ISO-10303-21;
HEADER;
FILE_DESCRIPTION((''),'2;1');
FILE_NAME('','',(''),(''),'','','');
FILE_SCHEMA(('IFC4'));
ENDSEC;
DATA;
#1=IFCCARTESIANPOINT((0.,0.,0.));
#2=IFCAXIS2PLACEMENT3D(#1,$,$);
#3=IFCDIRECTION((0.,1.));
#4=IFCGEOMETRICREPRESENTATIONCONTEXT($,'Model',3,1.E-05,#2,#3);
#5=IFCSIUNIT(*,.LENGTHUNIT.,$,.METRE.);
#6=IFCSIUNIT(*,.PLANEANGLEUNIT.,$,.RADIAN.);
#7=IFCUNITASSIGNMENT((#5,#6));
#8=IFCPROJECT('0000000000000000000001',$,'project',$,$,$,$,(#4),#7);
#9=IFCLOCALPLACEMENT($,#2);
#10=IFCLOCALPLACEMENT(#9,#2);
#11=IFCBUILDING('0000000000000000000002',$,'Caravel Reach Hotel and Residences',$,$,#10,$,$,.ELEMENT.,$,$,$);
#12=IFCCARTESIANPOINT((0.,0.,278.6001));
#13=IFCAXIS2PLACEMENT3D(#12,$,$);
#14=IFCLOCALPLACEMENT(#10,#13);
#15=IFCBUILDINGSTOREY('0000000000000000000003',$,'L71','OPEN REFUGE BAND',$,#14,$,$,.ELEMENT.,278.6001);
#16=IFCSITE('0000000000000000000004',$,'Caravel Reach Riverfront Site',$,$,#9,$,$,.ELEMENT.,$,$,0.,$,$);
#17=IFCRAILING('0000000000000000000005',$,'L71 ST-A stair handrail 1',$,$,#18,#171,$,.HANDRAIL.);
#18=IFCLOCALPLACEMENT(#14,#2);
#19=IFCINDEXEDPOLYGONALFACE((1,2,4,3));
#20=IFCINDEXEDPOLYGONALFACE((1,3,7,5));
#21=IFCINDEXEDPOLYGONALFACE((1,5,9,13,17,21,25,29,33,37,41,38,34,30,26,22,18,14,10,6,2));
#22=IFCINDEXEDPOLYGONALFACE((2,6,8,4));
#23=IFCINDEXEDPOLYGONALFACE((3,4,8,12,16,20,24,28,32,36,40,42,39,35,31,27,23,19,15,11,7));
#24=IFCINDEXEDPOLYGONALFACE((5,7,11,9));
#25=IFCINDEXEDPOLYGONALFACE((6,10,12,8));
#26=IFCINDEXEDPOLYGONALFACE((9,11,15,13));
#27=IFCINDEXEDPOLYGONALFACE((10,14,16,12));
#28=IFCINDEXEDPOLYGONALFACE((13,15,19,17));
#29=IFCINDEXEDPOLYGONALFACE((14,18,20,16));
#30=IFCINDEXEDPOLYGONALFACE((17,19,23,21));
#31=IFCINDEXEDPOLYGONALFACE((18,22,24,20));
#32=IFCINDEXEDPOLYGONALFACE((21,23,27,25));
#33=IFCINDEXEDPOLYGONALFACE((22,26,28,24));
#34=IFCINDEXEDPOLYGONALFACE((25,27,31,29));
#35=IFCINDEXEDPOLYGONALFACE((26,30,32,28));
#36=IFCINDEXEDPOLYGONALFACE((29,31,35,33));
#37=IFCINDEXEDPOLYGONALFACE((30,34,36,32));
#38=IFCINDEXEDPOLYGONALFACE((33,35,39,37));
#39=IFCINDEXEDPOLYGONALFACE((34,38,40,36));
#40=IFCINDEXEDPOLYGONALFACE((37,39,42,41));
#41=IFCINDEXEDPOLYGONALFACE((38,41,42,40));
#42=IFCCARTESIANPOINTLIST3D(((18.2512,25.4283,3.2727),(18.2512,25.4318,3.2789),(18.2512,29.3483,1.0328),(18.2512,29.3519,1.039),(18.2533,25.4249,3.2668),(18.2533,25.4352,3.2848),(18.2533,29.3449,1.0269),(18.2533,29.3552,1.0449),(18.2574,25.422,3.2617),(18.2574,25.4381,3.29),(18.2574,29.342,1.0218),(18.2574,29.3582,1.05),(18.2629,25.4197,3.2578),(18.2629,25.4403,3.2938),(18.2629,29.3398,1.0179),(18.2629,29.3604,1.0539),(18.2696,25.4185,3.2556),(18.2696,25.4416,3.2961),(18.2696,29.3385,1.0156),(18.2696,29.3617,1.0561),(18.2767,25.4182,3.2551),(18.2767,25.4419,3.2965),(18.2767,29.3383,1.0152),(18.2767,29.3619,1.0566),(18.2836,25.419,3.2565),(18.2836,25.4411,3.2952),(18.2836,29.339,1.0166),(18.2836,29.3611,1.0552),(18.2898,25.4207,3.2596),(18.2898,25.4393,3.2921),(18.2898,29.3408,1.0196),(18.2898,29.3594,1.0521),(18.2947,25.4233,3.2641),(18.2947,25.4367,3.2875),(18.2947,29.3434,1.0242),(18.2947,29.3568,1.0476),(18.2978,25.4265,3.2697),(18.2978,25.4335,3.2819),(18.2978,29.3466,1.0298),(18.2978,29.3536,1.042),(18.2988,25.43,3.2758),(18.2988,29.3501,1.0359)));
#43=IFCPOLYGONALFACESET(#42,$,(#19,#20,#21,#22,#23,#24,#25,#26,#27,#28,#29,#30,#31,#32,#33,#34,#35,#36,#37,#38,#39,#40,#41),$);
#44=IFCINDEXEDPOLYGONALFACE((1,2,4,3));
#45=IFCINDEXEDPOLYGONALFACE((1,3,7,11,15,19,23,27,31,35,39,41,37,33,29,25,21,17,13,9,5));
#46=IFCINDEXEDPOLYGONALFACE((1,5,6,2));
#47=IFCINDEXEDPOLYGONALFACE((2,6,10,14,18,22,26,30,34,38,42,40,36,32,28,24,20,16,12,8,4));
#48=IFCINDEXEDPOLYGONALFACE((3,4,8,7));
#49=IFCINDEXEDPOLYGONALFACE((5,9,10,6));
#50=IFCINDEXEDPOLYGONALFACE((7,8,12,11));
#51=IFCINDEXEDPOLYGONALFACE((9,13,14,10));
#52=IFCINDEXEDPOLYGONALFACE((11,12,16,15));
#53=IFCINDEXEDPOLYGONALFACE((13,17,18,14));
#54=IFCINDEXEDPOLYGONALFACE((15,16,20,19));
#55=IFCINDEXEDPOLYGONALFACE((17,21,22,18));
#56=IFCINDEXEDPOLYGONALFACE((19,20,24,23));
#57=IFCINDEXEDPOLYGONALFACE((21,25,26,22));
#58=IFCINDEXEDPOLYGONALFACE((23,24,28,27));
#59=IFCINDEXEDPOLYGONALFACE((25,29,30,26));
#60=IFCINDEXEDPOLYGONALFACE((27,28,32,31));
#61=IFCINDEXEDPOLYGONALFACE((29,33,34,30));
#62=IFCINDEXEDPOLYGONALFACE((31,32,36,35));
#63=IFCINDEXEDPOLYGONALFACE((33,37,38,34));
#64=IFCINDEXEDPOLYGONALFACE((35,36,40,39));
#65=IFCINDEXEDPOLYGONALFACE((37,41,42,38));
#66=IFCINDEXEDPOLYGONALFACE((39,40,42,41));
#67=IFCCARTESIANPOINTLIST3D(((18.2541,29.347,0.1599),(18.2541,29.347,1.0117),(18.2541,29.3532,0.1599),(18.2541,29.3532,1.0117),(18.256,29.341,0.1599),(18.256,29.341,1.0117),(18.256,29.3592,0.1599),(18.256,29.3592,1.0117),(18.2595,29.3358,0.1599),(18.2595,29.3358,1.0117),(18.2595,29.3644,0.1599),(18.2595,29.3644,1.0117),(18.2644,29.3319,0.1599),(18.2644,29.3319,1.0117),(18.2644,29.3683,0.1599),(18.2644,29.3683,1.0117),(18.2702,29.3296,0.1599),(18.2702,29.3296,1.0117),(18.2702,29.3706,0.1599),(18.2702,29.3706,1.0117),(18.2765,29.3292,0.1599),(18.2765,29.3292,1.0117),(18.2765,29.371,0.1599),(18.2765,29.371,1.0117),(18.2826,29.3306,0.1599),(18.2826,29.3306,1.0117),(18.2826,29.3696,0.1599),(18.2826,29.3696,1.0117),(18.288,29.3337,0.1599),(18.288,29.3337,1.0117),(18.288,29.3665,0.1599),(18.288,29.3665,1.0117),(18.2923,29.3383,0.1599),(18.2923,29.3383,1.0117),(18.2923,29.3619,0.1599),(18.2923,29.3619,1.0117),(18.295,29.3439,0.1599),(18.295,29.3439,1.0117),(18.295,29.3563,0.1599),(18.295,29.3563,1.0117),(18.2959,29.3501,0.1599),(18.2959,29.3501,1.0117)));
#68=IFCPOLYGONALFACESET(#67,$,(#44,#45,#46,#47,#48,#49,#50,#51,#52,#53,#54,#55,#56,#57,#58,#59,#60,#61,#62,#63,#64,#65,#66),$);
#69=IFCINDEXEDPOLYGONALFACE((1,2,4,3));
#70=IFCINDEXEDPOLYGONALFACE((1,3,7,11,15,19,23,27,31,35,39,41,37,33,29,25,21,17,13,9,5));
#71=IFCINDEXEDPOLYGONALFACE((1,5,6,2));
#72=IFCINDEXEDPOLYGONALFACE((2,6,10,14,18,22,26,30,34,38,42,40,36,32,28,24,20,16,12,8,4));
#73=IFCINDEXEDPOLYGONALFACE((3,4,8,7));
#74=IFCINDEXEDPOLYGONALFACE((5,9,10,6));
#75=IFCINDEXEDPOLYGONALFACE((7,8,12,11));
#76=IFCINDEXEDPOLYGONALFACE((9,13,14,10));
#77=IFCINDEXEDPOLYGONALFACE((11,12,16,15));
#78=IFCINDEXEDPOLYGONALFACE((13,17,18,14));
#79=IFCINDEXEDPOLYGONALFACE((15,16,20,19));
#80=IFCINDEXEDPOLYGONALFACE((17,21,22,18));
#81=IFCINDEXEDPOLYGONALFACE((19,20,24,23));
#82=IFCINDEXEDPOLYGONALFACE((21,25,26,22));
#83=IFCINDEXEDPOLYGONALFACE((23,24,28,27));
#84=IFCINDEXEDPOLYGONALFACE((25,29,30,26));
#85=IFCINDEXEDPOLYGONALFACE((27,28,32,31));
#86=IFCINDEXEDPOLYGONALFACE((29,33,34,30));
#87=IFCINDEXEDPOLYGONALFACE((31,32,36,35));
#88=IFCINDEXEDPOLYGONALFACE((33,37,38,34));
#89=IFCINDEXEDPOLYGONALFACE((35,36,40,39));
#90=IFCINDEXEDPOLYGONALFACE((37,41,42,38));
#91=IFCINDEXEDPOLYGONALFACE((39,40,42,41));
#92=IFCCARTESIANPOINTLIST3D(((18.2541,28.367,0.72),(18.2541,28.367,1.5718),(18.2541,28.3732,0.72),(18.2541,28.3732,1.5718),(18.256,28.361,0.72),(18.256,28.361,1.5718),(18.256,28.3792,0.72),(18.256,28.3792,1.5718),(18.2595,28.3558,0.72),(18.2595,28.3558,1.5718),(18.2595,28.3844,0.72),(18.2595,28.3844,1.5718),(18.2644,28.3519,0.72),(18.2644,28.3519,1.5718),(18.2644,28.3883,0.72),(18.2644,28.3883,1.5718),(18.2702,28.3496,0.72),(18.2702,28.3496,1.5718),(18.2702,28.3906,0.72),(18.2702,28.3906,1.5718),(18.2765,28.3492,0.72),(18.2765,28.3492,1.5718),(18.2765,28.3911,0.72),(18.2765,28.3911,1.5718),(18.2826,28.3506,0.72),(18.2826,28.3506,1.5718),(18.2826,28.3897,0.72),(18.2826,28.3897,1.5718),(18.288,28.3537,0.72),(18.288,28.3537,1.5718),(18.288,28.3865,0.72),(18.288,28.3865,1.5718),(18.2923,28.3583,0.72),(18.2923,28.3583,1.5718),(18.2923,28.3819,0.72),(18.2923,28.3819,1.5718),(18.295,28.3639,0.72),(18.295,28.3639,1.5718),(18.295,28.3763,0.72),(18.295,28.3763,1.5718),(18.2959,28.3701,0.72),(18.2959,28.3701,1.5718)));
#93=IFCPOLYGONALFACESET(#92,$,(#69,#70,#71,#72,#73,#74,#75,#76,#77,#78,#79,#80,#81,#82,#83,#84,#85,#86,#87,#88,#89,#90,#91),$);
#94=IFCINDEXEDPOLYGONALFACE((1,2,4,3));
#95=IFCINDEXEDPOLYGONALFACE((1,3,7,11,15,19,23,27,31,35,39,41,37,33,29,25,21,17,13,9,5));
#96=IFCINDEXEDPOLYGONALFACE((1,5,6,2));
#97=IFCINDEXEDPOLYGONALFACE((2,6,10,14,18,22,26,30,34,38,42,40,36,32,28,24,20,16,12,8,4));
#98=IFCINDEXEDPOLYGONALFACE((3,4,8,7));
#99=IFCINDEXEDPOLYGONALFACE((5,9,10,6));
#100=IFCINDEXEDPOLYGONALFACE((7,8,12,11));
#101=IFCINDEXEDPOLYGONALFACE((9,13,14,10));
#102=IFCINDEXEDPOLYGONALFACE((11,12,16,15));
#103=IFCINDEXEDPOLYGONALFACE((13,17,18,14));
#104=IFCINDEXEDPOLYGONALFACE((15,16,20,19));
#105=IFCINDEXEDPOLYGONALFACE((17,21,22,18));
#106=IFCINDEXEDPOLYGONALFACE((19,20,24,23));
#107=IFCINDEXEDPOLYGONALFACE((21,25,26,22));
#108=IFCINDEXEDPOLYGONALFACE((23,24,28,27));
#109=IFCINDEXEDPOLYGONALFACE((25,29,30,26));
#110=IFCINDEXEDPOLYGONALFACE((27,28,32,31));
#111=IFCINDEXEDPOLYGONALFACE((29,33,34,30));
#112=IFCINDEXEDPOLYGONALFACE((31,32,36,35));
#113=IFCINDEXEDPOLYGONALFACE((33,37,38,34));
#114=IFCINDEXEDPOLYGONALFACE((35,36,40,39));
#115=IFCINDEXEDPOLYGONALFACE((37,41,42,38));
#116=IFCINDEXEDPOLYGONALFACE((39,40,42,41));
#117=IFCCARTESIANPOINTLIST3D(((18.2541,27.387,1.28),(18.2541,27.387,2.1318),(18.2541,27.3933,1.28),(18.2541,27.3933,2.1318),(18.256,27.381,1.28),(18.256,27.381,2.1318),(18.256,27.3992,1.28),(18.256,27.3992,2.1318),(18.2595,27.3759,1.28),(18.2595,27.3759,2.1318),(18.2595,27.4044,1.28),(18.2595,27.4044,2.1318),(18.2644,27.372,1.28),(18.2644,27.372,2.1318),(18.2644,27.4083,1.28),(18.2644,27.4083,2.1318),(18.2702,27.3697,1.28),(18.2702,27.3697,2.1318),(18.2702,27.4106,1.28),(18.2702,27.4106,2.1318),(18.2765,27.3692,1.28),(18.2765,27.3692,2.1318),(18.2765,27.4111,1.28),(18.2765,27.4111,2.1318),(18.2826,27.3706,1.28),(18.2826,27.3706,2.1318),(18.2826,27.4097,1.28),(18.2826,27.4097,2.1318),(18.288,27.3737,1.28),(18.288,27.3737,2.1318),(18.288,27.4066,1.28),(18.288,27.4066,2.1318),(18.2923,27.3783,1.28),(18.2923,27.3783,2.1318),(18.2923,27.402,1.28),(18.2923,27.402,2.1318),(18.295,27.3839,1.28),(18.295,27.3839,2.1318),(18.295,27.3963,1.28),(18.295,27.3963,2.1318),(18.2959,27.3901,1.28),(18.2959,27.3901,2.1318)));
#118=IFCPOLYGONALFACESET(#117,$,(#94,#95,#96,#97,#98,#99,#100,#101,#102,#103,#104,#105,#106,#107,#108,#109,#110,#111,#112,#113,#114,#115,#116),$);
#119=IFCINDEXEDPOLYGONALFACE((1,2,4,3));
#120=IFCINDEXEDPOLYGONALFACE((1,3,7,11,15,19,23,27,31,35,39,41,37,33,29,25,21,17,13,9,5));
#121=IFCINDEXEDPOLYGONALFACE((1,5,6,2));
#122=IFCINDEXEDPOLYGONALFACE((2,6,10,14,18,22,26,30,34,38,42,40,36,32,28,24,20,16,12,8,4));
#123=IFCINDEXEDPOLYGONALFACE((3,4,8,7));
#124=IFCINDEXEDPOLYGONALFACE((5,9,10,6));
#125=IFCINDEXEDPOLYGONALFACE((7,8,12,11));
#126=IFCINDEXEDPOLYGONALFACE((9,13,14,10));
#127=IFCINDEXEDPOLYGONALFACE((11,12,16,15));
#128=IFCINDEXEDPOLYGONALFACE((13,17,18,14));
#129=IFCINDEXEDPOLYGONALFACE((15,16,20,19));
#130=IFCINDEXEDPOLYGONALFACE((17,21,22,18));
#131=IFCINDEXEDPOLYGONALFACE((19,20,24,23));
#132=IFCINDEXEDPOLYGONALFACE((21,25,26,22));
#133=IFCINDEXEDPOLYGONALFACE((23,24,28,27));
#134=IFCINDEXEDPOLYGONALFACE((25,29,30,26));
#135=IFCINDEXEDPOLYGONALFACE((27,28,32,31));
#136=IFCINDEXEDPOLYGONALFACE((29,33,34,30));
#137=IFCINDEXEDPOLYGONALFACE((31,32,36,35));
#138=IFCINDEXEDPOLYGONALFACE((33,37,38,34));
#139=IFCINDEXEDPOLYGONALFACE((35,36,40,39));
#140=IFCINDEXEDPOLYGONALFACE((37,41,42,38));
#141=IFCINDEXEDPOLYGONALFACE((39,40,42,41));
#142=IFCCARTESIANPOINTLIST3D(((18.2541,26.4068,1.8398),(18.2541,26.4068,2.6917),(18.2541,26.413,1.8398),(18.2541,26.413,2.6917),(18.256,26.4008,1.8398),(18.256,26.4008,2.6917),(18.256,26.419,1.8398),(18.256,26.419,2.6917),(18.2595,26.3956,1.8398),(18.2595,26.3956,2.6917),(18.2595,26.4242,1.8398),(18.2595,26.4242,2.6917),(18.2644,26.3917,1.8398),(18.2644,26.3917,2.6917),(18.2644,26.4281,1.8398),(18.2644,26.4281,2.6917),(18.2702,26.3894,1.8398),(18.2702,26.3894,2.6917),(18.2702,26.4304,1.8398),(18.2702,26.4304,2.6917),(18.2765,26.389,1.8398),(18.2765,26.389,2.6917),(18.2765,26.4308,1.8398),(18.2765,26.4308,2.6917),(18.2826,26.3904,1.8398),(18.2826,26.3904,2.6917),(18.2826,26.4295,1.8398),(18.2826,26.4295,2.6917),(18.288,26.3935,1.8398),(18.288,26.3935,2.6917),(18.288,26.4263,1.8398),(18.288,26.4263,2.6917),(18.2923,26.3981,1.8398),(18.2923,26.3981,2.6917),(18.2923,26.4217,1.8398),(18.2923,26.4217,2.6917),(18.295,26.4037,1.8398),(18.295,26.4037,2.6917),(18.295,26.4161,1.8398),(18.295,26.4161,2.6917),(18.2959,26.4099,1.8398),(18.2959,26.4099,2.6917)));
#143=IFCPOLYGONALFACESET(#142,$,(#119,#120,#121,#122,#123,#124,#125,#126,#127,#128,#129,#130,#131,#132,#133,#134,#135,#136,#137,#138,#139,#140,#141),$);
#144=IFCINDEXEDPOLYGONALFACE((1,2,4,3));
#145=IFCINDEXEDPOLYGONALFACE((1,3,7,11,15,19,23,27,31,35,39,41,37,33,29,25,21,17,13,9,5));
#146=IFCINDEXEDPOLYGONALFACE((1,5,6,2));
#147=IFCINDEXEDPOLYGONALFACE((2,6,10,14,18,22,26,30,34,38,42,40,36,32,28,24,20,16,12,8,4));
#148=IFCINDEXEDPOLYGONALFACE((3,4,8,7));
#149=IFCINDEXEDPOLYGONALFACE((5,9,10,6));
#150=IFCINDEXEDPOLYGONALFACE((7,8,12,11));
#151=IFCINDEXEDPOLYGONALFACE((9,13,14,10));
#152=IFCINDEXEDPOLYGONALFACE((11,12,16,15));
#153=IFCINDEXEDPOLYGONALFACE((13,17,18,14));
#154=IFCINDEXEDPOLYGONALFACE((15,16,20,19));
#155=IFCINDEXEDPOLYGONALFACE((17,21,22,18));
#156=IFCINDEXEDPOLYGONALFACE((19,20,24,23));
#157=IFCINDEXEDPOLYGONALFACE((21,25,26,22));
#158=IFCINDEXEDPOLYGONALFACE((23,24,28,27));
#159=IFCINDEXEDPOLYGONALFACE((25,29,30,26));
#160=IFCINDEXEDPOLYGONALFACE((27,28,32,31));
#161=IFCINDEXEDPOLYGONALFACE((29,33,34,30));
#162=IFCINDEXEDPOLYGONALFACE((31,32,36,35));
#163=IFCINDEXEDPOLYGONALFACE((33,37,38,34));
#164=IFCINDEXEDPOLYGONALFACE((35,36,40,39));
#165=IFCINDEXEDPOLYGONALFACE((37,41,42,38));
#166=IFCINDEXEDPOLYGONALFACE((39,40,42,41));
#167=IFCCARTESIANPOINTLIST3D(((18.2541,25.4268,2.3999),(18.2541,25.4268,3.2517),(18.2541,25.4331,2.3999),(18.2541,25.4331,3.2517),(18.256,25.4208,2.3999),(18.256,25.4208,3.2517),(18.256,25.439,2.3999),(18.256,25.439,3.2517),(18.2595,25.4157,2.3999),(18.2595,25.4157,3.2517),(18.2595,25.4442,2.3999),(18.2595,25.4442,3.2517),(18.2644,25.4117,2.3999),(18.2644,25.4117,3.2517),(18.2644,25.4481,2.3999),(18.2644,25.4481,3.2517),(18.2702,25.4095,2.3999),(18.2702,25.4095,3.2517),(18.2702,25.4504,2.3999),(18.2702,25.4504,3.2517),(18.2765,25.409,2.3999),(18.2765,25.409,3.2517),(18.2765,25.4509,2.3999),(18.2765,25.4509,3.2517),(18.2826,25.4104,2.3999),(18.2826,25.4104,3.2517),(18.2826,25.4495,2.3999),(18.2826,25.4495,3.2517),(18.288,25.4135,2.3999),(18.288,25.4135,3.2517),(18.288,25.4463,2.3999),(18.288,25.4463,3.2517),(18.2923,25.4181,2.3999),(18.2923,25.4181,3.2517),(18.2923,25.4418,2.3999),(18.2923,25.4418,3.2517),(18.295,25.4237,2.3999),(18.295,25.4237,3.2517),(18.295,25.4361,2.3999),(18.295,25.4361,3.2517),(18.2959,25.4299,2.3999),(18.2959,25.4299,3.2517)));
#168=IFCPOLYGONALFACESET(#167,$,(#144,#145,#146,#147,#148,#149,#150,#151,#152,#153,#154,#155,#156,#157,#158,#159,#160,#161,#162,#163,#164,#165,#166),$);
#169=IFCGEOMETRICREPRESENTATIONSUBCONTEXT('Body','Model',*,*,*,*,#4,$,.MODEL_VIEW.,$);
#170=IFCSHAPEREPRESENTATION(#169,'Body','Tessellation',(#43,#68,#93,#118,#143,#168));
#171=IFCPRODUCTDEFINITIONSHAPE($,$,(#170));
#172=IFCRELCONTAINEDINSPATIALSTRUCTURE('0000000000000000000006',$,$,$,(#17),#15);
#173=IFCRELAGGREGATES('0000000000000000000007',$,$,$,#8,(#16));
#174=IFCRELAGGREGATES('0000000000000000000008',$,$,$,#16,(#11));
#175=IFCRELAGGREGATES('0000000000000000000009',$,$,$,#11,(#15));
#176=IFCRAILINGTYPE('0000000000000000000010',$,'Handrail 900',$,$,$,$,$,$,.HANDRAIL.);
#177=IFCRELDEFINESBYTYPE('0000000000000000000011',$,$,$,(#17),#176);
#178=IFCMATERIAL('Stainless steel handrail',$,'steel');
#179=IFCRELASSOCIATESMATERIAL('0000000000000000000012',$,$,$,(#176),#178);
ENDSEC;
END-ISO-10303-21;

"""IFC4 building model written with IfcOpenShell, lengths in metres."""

from ifc_helpers import new_model, si_unit, direction, frame, origin, origin_2d, place, context, subcontext, project, spatial, circle, extrude, material, type_object, element, save


model = new_model("IFC4")

# Units and contexts
model_context = context("Model", 3, precision=1e-05, world=origin(), true_north=direction((0.0, 1.0)))
body_context = subcontext(model_context, "Body", "Model", "MODEL_VIEW")
ifc_project = project(units=[si_unit("LENGTHUNIT", "METRE"), si_unit("PLANEANGLEUNIT", "RADIAN")], contexts=[model_context])

# Site, building, storey
site_placement = place(None, origin())
site = spatial("IfcSite", under=ifc_project, at=site_placement, Name="Caravel Reach Riverfront Site", CompositionType="ELEMENT", RefElevation=0.0)
building_placement = place(site_placement, origin())
building = spatial("IfcBuilding", under=site, at=building_placement, Name="Caravel Reach Hotel and Residences", CompositionType="ELEMENT")
storey_placement = place(building_placement, frame((0.0, 0.0, 278.6001)))
storey = spatial("IfcBuildingStorey", under=building, at=storey_placement, Name="L71", Description="OPEN REFUGE BAND", CompositionType="ELEMENT", Elevation=278.6001)

# Railing
ifc_material_1 = material(Name="Stainless steel handrail", Category="steel")
railing_type_1 = type_object("IfcRailingType", Name="Handrail 900", PredefinedType="HANDRAIL", material=ifc_material_1)
railing_1_placement = place(storey_placement, frame((18.2749, 29.3501, 0.1599)))
element("IfcRailing", 1, at=railing_1_placement, inside=storey, type_object=railing_type_1, Name="L71 ST-A stair handrail 1", PredefinedType="HANDRAIL", context=body_context, shape_type="SweptSolid", body=[
    extrude(circle(Radius=0.0239, at=origin_2d()), frame((0.0, 0.0, 0.876), z_axis=(0.0, -0.868253, 0.496121), x_axis=(1.0, 0.0, 0.0)), (0.0, 0.0, 1.0), 4.5149),
    extrude(circle(Radius=0.021, at=origin_2d()), origin(), (0.0, 0.0, 1.0), 0.8518),
    extrude(circle(Radius=0.021, at=origin_2d()), frame((0.0, -0.98, 0.5601)), (0.0, 0.0, 1.0), 0.8518),
    extrude(circle(Radius=0.021, at=origin_2d()), frame((0.0, -1.96, 1.1201)), (0.0, 0.0, 1.0), 0.8518),
    extrude(circle(Radius=0.021, at=origin_2d()), frame((0.0, -2.9402, 1.6799)), (0.0, 0.0, 1.0), 0.8518),
    extrude(circle(Radius=0.021, at=origin_2d()), frame((0.0, -3.9202, 2.24)), (0.0, 0.0, 1.0), 0.8518),
])

save(model, "model.ifc")
